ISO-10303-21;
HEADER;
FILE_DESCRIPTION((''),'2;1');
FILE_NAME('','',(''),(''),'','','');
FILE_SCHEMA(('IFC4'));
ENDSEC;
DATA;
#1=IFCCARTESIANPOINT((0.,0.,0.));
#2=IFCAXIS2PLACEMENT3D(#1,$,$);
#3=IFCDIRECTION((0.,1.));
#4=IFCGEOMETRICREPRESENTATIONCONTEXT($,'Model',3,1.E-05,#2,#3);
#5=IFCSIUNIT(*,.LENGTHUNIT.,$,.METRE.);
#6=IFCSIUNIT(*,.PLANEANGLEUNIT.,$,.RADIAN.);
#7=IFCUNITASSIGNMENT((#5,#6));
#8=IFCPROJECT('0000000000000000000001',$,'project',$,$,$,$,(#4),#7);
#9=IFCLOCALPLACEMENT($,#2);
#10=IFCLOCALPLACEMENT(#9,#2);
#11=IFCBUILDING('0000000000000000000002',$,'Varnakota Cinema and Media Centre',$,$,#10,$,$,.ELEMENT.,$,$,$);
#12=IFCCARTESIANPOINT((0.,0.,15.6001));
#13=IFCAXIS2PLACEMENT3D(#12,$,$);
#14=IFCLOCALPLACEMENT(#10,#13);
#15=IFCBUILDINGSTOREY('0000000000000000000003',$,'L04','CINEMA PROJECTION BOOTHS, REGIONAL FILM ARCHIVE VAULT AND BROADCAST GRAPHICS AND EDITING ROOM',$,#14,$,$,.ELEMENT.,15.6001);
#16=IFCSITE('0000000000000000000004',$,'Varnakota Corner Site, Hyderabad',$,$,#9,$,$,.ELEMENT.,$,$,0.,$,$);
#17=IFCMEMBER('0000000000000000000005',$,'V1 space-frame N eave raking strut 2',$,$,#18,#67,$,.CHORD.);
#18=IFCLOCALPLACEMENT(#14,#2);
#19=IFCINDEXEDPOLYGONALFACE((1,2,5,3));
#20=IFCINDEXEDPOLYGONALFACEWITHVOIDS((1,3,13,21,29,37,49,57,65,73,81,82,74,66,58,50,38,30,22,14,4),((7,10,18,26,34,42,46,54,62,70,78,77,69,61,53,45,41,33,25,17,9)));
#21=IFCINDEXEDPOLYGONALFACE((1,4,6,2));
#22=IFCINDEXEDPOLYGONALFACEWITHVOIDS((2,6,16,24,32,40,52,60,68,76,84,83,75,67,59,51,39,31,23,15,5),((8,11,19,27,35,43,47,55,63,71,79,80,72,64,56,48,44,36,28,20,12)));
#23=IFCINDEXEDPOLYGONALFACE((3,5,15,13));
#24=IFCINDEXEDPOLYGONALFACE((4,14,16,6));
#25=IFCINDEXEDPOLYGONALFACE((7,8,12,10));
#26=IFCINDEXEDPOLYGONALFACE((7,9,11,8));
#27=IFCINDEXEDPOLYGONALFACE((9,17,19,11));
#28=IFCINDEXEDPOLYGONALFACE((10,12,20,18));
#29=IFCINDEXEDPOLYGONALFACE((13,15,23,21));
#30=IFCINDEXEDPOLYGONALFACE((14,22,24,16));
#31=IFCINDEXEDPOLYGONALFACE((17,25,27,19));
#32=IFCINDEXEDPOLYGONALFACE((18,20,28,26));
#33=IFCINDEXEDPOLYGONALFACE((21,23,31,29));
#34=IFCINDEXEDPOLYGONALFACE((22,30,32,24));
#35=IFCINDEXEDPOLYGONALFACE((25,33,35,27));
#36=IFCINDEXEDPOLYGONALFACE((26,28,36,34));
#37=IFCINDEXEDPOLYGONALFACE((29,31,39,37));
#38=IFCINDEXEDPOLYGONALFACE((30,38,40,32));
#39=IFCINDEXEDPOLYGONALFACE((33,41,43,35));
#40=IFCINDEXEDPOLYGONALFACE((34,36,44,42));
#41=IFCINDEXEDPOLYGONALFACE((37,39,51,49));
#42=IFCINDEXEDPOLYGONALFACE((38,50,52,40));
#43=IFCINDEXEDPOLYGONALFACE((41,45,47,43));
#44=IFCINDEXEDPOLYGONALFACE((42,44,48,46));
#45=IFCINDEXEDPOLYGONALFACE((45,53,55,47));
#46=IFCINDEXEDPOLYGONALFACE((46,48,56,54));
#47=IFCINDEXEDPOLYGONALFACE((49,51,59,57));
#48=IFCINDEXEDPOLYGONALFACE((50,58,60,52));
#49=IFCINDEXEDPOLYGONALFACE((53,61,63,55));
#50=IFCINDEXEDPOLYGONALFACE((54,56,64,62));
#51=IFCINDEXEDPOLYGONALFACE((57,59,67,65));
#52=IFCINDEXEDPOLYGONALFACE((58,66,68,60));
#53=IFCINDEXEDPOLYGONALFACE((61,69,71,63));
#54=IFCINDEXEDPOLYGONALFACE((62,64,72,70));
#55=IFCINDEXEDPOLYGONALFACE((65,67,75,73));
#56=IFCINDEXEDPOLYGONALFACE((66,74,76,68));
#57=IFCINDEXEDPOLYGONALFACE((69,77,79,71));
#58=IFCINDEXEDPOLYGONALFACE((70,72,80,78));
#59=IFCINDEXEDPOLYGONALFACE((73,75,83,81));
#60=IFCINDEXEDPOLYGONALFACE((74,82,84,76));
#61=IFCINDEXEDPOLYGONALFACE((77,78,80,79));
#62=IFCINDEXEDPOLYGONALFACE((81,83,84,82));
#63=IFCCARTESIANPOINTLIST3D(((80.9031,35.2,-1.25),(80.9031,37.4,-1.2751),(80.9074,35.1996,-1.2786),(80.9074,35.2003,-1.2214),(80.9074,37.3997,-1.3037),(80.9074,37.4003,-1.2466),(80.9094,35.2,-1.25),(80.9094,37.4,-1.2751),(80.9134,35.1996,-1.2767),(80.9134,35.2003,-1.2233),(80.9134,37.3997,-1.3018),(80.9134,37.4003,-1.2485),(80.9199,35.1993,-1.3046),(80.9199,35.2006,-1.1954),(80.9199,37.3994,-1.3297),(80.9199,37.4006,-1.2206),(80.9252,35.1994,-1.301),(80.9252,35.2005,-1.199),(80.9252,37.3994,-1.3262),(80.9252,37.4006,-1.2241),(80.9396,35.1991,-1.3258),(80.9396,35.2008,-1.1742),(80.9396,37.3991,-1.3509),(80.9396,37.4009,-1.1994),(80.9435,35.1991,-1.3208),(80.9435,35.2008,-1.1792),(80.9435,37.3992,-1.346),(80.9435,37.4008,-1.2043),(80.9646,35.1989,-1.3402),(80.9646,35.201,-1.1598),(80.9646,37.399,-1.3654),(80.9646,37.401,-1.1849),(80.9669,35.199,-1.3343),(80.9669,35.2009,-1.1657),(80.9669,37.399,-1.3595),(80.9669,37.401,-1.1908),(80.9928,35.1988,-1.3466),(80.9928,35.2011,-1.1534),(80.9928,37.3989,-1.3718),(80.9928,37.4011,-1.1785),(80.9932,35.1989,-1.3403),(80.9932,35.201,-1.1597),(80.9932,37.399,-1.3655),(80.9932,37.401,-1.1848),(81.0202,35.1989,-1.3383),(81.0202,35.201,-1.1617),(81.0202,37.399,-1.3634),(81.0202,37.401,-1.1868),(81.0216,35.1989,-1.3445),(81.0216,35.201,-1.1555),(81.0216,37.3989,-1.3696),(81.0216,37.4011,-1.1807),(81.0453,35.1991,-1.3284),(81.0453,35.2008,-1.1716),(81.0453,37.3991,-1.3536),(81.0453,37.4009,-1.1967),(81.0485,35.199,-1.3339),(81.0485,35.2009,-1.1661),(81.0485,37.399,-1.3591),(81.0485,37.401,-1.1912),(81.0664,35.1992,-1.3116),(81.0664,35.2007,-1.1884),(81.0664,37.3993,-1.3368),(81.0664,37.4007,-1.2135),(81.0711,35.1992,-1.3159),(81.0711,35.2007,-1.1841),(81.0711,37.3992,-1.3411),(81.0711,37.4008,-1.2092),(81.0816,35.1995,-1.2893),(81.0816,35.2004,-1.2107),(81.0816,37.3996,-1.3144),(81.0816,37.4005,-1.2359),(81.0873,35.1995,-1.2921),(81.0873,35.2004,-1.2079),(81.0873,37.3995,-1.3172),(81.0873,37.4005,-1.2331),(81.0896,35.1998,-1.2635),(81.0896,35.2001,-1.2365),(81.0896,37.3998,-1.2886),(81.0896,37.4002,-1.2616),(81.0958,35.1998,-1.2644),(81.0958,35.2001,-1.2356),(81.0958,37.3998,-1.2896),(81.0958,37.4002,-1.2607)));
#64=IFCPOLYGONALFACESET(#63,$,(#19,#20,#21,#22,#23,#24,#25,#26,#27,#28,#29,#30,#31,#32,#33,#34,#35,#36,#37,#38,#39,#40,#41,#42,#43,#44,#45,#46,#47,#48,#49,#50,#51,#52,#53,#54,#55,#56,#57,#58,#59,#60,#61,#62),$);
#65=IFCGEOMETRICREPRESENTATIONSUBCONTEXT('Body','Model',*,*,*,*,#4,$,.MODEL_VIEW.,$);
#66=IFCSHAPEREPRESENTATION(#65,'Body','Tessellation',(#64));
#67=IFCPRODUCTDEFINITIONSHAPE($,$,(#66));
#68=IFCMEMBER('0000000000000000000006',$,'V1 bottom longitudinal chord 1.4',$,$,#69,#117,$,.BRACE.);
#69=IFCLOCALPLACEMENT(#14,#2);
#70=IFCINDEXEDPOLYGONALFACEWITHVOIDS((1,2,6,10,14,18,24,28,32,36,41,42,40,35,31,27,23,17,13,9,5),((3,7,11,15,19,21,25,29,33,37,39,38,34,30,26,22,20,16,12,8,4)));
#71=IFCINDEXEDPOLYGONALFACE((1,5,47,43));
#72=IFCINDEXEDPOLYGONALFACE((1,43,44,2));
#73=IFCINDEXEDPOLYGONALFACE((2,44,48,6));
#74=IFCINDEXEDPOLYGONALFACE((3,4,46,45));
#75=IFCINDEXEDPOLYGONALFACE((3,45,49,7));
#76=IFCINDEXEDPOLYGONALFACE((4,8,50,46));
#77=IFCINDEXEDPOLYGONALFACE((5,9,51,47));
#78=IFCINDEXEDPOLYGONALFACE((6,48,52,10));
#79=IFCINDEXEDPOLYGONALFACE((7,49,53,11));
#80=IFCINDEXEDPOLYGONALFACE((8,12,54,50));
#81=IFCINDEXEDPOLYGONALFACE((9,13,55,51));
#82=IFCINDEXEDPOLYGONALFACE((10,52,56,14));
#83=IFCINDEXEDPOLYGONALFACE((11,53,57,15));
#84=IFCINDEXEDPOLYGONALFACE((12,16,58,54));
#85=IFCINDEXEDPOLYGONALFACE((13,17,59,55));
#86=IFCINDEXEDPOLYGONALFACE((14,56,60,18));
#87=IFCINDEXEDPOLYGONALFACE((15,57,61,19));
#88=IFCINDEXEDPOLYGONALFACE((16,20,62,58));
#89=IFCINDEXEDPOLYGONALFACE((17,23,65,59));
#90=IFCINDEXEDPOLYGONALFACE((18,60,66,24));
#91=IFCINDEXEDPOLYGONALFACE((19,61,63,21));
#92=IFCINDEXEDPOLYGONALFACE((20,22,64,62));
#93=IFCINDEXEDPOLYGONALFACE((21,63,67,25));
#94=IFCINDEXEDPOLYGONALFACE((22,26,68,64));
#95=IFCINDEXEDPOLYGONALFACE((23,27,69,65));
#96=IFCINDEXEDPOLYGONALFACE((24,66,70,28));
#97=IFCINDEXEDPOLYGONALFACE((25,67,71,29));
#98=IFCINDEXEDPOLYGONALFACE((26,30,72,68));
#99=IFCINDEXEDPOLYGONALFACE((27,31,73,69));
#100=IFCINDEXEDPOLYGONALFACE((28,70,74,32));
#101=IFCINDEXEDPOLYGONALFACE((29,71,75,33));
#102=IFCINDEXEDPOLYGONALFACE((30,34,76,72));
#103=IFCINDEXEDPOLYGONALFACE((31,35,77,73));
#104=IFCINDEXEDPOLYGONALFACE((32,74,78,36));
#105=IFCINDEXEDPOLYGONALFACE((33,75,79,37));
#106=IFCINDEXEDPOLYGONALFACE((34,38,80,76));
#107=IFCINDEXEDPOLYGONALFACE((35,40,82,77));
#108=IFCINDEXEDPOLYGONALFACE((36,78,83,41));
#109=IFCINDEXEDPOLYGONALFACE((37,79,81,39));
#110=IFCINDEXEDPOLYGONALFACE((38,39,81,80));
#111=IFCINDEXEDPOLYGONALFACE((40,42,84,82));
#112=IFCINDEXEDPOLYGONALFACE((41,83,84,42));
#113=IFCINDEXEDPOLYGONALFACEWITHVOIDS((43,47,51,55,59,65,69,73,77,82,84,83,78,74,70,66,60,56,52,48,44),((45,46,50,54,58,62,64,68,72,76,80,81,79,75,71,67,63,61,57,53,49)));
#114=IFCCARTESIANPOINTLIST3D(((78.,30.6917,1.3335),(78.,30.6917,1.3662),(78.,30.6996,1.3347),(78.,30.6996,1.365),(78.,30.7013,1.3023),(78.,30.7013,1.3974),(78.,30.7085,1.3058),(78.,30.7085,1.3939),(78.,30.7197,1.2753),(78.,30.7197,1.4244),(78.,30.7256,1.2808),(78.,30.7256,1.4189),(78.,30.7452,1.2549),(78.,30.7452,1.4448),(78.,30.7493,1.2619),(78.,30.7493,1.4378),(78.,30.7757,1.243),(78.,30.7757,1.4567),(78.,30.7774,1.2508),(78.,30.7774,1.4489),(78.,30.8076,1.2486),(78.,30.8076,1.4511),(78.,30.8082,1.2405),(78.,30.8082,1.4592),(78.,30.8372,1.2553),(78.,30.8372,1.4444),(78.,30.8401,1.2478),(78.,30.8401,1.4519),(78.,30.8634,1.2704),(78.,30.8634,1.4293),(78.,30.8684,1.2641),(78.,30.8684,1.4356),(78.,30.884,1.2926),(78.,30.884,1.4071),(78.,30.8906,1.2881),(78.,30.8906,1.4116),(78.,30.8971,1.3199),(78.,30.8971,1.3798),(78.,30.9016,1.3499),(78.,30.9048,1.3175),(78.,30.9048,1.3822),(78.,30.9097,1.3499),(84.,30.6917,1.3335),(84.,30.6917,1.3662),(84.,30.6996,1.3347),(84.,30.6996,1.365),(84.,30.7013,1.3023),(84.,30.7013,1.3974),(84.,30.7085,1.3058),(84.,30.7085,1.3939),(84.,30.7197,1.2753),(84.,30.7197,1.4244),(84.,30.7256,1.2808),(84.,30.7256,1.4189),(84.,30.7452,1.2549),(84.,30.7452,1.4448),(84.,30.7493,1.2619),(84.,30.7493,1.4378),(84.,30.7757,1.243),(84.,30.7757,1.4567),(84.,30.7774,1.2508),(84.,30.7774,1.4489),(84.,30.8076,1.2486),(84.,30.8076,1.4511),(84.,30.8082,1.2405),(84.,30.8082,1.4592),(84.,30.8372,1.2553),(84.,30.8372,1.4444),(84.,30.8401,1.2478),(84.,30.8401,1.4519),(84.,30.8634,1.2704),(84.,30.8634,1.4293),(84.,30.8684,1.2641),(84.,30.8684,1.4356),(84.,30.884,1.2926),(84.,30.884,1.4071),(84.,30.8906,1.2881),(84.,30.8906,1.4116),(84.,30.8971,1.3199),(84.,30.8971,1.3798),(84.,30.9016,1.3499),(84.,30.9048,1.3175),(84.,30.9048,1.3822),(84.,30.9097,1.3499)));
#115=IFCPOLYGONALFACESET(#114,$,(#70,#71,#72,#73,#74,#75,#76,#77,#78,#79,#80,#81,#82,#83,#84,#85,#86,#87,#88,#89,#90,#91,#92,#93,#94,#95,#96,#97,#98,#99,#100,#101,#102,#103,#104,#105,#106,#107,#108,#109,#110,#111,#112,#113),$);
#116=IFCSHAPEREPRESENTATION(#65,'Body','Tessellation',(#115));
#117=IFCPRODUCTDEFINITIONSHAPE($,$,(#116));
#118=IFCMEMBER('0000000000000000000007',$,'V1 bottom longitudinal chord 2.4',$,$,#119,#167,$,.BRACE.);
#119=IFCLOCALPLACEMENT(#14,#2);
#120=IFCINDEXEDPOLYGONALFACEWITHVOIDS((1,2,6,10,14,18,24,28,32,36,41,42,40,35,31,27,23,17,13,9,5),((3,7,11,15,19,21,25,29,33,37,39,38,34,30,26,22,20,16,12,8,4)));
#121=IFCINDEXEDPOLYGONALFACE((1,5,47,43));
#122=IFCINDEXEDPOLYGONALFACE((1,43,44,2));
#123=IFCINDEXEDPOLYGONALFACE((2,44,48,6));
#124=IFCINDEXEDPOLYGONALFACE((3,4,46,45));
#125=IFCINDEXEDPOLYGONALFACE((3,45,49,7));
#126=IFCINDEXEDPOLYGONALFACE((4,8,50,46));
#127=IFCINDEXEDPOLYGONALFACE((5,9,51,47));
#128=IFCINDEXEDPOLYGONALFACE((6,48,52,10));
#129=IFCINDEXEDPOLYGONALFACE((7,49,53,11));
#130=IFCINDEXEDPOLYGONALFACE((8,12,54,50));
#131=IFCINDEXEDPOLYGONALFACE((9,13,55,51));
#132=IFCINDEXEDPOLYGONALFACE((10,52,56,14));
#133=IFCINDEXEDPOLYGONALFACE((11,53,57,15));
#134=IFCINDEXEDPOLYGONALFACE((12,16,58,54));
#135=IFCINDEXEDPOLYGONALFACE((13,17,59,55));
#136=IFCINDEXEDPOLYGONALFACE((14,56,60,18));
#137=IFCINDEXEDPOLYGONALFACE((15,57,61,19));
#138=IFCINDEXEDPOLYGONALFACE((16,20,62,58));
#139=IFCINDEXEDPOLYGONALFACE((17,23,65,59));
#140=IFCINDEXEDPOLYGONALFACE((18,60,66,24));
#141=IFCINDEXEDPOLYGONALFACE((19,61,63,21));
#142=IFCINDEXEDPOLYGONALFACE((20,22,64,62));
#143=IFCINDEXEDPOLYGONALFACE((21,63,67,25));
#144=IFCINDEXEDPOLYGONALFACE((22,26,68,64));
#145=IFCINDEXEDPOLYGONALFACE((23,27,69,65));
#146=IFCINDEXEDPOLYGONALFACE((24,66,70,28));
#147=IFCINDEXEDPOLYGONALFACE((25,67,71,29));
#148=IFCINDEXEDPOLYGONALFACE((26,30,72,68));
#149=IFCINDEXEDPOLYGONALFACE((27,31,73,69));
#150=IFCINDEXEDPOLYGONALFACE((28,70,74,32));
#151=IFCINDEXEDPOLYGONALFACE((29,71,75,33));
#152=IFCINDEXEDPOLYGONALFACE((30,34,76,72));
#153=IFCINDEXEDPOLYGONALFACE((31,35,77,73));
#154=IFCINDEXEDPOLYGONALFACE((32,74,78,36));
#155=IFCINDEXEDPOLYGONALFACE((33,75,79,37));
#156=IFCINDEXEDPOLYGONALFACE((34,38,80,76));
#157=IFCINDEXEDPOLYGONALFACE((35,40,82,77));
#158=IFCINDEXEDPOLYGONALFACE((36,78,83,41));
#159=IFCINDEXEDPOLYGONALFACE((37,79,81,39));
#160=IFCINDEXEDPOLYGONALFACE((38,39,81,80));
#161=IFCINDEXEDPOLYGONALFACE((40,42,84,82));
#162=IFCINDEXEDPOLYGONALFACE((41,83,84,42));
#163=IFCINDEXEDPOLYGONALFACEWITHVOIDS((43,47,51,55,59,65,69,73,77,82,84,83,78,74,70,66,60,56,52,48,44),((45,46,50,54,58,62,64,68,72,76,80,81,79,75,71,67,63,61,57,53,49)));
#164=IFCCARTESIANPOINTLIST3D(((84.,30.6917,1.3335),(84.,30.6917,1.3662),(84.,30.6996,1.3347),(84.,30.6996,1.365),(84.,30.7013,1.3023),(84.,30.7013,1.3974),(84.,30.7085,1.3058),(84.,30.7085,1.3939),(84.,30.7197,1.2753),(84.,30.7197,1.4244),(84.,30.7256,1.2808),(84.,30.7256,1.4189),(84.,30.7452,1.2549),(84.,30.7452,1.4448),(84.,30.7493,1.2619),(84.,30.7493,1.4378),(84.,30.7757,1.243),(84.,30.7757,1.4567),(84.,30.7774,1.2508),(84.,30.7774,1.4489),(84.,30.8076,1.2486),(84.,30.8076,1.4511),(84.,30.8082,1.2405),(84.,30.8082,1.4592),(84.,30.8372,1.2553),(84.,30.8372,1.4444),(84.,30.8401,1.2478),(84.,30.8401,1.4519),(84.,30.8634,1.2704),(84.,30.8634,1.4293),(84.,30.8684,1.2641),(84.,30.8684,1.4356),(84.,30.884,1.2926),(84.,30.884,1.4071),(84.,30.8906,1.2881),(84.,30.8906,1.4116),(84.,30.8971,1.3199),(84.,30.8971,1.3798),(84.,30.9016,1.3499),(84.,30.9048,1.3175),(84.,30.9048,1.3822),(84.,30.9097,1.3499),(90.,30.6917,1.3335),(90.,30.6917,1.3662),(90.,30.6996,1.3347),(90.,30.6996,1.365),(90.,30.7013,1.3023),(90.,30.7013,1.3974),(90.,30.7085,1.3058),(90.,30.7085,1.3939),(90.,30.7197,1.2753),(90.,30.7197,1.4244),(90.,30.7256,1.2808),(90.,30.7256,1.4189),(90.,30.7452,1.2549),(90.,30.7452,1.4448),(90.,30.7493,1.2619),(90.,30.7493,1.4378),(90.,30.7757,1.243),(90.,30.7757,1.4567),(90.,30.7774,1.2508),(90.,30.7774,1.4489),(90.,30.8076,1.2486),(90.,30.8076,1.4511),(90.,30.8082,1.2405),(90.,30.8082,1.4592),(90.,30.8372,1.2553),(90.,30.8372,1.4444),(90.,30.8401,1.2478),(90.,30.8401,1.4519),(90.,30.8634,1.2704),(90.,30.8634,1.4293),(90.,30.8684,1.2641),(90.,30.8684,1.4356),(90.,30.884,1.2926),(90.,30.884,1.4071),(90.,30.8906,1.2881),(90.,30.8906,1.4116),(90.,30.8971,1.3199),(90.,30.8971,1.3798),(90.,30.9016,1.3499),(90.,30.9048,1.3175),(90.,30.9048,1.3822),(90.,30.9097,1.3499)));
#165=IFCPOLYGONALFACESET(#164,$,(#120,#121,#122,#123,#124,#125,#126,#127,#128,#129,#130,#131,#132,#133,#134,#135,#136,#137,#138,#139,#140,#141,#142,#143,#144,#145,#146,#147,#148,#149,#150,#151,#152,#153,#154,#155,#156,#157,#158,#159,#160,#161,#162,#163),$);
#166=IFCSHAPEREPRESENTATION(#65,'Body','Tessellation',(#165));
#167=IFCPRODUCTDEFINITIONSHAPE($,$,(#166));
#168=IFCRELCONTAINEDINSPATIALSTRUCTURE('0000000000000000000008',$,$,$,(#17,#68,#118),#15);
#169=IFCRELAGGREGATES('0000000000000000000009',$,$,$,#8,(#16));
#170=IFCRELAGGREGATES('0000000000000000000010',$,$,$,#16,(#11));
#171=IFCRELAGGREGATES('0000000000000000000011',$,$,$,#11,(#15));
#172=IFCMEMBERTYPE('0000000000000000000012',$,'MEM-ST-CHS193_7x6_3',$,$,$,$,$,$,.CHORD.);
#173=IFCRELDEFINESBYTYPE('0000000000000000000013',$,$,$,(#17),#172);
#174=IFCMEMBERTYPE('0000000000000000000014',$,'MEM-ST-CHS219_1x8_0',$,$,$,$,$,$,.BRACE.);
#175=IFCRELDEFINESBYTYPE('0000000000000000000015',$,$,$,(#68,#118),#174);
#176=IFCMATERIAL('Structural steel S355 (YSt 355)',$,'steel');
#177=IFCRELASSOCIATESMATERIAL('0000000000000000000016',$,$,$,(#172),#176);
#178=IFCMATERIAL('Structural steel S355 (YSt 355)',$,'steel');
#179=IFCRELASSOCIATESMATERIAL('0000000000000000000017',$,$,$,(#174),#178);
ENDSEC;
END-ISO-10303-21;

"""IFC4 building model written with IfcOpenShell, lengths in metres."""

from ifc_helpers import new_model, si_unit, direction, frame, origin, origin_2d, place, context, subcontext, project, spatial, hollow_circle, extrude, material, material_profile, profile_set, type_object, element, save


model = new_model("IFC4")

# Units and contexts
model_context = context("Model", 3, precision=1e-05, world=origin(), true_north=direction((0.0, 1.0)))
body_context = subcontext(model_context, "Body", "Model", "MODEL_VIEW")
ifc_project = project(units=[si_unit("LENGTHUNIT", "METRE"), si_unit("PLANEANGLEUNIT", "RADIAN")], contexts=[model_context])

# Site, building, storey
site_placement = place(None, origin())
site = spatial("IfcSite", under=ifc_project, at=site_placement, Name="Varnakota Corner Site, Hyderabad", CompositionType="ELEMENT", RefElevation=0.0)
building_placement = place(site_placement, origin())
building = spatial("IfcBuilding", under=site, at=building_placement, Name="Varnakota Cinema and Media Centre", CompositionType="ELEMENT")
storey_placement = place(building_placement, frame((0.0, 0.0, 15.6001)))
storey = spatial("IfcBuildingStorey", under=building, at=storey_placement, Name="L04", Description="CINEMA PROJECTION BOOTHS, REGIONAL FILM ARCHIVE VAULT AND BROADCAST GRAPHICS AND EDITING ROOM", CompositionType="ELEMENT", Elevation=15.6001)

# Members
ifc_material_1 = material(Name="Structural steel S355 (YSt 355)", Category="steel")
ifc_material_profile_1 = material_profile(ifc_material_1, hollow_circle(Radius=0.0969, WallThickness=0.0063, at=origin_2d()), Name="CHS 193.7x6.3")
ifc_profile_set_1 = profile_set([ifc_material_profile_1], Name="Structural steel S355 (YSt 355)")
member_type_1 = type_object("IfcMemberType", Name="MEM-ST-CHS193_7x6_3", PredefinedType="CHORD", material=ifc_profile_set_1)
for number, where, z_axis, x_axis, name in (
    (1, (81.0, 35.2, -1.25), (0.0, 0.999935, -0.01143), (-1.0, 0.0, 0.0), "V1 space-frame N eave raking strut 2"),
):
    element("IfcMember", number, at=place(storey_placement, frame(where, z_axis=z_axis, x_axis=x_axis)), inside=storey, type_object=member_type_1, Name=name, PredefinedType="CHORD", context=body_context, shape_type="SweptSolid", body=[
        extrude(hollow_circle(Radius=0.0969, WallThickness=0.0063, at=origin_2d()), origin(), (0.0, 0.0, 1.0), 2.2002),
    ])
ifc_material_2 = material(Name="Structural steel S355 (YSt 355)", Category="steel")
ifc_material_profile_2 = material_profile(ifc_material_2, hollow_circle(Radius=0.1096, WallThickness=0.0081, at=origin_2d()), Name="CHS 219.1x8.0")
ifc_profile_set_2 = profile_set([ifc_material_profile_2], Name="Structural steel S355 (YSt 355)")
member_type_2 = type_object("IfcMemberType", Name="MEM-ST-CHS219_1x8_0", PredefinedType="BRACE", material=ifc_profile_set_2)
for number, where, z_axis, x_axis, name in (
    (2, (78.0, 30.8, 1.3499), (1.0, 0.0, 0.0), (0.0, 1.0, 0.0), "V1 bottom longitudinal chord 1.4"),
    (3, (84.0, 30.8, 1.3499), (1.0, 0.0, 0.0), (0.0, 1.0, 0.0), "V1 bottom longitudinal chord 2.4"),
):
    element("IfcMember", number, at=place(storey_placement, frame(where, z_axis=z_axis, x_axis=x_axis)), inside=storey, type_object=member_type_2, Name=name, PredefinedType="BRACE", context=body_context, shape_type="SweptSolid", body=[
        extrude(hollow_circle(Radius=0.1096, WallThickness=0.0081, at=origin_2d()), origin(), (0.0, 0.0, 1.0), 6.0),
    ])

save(model, "model.ifc")
